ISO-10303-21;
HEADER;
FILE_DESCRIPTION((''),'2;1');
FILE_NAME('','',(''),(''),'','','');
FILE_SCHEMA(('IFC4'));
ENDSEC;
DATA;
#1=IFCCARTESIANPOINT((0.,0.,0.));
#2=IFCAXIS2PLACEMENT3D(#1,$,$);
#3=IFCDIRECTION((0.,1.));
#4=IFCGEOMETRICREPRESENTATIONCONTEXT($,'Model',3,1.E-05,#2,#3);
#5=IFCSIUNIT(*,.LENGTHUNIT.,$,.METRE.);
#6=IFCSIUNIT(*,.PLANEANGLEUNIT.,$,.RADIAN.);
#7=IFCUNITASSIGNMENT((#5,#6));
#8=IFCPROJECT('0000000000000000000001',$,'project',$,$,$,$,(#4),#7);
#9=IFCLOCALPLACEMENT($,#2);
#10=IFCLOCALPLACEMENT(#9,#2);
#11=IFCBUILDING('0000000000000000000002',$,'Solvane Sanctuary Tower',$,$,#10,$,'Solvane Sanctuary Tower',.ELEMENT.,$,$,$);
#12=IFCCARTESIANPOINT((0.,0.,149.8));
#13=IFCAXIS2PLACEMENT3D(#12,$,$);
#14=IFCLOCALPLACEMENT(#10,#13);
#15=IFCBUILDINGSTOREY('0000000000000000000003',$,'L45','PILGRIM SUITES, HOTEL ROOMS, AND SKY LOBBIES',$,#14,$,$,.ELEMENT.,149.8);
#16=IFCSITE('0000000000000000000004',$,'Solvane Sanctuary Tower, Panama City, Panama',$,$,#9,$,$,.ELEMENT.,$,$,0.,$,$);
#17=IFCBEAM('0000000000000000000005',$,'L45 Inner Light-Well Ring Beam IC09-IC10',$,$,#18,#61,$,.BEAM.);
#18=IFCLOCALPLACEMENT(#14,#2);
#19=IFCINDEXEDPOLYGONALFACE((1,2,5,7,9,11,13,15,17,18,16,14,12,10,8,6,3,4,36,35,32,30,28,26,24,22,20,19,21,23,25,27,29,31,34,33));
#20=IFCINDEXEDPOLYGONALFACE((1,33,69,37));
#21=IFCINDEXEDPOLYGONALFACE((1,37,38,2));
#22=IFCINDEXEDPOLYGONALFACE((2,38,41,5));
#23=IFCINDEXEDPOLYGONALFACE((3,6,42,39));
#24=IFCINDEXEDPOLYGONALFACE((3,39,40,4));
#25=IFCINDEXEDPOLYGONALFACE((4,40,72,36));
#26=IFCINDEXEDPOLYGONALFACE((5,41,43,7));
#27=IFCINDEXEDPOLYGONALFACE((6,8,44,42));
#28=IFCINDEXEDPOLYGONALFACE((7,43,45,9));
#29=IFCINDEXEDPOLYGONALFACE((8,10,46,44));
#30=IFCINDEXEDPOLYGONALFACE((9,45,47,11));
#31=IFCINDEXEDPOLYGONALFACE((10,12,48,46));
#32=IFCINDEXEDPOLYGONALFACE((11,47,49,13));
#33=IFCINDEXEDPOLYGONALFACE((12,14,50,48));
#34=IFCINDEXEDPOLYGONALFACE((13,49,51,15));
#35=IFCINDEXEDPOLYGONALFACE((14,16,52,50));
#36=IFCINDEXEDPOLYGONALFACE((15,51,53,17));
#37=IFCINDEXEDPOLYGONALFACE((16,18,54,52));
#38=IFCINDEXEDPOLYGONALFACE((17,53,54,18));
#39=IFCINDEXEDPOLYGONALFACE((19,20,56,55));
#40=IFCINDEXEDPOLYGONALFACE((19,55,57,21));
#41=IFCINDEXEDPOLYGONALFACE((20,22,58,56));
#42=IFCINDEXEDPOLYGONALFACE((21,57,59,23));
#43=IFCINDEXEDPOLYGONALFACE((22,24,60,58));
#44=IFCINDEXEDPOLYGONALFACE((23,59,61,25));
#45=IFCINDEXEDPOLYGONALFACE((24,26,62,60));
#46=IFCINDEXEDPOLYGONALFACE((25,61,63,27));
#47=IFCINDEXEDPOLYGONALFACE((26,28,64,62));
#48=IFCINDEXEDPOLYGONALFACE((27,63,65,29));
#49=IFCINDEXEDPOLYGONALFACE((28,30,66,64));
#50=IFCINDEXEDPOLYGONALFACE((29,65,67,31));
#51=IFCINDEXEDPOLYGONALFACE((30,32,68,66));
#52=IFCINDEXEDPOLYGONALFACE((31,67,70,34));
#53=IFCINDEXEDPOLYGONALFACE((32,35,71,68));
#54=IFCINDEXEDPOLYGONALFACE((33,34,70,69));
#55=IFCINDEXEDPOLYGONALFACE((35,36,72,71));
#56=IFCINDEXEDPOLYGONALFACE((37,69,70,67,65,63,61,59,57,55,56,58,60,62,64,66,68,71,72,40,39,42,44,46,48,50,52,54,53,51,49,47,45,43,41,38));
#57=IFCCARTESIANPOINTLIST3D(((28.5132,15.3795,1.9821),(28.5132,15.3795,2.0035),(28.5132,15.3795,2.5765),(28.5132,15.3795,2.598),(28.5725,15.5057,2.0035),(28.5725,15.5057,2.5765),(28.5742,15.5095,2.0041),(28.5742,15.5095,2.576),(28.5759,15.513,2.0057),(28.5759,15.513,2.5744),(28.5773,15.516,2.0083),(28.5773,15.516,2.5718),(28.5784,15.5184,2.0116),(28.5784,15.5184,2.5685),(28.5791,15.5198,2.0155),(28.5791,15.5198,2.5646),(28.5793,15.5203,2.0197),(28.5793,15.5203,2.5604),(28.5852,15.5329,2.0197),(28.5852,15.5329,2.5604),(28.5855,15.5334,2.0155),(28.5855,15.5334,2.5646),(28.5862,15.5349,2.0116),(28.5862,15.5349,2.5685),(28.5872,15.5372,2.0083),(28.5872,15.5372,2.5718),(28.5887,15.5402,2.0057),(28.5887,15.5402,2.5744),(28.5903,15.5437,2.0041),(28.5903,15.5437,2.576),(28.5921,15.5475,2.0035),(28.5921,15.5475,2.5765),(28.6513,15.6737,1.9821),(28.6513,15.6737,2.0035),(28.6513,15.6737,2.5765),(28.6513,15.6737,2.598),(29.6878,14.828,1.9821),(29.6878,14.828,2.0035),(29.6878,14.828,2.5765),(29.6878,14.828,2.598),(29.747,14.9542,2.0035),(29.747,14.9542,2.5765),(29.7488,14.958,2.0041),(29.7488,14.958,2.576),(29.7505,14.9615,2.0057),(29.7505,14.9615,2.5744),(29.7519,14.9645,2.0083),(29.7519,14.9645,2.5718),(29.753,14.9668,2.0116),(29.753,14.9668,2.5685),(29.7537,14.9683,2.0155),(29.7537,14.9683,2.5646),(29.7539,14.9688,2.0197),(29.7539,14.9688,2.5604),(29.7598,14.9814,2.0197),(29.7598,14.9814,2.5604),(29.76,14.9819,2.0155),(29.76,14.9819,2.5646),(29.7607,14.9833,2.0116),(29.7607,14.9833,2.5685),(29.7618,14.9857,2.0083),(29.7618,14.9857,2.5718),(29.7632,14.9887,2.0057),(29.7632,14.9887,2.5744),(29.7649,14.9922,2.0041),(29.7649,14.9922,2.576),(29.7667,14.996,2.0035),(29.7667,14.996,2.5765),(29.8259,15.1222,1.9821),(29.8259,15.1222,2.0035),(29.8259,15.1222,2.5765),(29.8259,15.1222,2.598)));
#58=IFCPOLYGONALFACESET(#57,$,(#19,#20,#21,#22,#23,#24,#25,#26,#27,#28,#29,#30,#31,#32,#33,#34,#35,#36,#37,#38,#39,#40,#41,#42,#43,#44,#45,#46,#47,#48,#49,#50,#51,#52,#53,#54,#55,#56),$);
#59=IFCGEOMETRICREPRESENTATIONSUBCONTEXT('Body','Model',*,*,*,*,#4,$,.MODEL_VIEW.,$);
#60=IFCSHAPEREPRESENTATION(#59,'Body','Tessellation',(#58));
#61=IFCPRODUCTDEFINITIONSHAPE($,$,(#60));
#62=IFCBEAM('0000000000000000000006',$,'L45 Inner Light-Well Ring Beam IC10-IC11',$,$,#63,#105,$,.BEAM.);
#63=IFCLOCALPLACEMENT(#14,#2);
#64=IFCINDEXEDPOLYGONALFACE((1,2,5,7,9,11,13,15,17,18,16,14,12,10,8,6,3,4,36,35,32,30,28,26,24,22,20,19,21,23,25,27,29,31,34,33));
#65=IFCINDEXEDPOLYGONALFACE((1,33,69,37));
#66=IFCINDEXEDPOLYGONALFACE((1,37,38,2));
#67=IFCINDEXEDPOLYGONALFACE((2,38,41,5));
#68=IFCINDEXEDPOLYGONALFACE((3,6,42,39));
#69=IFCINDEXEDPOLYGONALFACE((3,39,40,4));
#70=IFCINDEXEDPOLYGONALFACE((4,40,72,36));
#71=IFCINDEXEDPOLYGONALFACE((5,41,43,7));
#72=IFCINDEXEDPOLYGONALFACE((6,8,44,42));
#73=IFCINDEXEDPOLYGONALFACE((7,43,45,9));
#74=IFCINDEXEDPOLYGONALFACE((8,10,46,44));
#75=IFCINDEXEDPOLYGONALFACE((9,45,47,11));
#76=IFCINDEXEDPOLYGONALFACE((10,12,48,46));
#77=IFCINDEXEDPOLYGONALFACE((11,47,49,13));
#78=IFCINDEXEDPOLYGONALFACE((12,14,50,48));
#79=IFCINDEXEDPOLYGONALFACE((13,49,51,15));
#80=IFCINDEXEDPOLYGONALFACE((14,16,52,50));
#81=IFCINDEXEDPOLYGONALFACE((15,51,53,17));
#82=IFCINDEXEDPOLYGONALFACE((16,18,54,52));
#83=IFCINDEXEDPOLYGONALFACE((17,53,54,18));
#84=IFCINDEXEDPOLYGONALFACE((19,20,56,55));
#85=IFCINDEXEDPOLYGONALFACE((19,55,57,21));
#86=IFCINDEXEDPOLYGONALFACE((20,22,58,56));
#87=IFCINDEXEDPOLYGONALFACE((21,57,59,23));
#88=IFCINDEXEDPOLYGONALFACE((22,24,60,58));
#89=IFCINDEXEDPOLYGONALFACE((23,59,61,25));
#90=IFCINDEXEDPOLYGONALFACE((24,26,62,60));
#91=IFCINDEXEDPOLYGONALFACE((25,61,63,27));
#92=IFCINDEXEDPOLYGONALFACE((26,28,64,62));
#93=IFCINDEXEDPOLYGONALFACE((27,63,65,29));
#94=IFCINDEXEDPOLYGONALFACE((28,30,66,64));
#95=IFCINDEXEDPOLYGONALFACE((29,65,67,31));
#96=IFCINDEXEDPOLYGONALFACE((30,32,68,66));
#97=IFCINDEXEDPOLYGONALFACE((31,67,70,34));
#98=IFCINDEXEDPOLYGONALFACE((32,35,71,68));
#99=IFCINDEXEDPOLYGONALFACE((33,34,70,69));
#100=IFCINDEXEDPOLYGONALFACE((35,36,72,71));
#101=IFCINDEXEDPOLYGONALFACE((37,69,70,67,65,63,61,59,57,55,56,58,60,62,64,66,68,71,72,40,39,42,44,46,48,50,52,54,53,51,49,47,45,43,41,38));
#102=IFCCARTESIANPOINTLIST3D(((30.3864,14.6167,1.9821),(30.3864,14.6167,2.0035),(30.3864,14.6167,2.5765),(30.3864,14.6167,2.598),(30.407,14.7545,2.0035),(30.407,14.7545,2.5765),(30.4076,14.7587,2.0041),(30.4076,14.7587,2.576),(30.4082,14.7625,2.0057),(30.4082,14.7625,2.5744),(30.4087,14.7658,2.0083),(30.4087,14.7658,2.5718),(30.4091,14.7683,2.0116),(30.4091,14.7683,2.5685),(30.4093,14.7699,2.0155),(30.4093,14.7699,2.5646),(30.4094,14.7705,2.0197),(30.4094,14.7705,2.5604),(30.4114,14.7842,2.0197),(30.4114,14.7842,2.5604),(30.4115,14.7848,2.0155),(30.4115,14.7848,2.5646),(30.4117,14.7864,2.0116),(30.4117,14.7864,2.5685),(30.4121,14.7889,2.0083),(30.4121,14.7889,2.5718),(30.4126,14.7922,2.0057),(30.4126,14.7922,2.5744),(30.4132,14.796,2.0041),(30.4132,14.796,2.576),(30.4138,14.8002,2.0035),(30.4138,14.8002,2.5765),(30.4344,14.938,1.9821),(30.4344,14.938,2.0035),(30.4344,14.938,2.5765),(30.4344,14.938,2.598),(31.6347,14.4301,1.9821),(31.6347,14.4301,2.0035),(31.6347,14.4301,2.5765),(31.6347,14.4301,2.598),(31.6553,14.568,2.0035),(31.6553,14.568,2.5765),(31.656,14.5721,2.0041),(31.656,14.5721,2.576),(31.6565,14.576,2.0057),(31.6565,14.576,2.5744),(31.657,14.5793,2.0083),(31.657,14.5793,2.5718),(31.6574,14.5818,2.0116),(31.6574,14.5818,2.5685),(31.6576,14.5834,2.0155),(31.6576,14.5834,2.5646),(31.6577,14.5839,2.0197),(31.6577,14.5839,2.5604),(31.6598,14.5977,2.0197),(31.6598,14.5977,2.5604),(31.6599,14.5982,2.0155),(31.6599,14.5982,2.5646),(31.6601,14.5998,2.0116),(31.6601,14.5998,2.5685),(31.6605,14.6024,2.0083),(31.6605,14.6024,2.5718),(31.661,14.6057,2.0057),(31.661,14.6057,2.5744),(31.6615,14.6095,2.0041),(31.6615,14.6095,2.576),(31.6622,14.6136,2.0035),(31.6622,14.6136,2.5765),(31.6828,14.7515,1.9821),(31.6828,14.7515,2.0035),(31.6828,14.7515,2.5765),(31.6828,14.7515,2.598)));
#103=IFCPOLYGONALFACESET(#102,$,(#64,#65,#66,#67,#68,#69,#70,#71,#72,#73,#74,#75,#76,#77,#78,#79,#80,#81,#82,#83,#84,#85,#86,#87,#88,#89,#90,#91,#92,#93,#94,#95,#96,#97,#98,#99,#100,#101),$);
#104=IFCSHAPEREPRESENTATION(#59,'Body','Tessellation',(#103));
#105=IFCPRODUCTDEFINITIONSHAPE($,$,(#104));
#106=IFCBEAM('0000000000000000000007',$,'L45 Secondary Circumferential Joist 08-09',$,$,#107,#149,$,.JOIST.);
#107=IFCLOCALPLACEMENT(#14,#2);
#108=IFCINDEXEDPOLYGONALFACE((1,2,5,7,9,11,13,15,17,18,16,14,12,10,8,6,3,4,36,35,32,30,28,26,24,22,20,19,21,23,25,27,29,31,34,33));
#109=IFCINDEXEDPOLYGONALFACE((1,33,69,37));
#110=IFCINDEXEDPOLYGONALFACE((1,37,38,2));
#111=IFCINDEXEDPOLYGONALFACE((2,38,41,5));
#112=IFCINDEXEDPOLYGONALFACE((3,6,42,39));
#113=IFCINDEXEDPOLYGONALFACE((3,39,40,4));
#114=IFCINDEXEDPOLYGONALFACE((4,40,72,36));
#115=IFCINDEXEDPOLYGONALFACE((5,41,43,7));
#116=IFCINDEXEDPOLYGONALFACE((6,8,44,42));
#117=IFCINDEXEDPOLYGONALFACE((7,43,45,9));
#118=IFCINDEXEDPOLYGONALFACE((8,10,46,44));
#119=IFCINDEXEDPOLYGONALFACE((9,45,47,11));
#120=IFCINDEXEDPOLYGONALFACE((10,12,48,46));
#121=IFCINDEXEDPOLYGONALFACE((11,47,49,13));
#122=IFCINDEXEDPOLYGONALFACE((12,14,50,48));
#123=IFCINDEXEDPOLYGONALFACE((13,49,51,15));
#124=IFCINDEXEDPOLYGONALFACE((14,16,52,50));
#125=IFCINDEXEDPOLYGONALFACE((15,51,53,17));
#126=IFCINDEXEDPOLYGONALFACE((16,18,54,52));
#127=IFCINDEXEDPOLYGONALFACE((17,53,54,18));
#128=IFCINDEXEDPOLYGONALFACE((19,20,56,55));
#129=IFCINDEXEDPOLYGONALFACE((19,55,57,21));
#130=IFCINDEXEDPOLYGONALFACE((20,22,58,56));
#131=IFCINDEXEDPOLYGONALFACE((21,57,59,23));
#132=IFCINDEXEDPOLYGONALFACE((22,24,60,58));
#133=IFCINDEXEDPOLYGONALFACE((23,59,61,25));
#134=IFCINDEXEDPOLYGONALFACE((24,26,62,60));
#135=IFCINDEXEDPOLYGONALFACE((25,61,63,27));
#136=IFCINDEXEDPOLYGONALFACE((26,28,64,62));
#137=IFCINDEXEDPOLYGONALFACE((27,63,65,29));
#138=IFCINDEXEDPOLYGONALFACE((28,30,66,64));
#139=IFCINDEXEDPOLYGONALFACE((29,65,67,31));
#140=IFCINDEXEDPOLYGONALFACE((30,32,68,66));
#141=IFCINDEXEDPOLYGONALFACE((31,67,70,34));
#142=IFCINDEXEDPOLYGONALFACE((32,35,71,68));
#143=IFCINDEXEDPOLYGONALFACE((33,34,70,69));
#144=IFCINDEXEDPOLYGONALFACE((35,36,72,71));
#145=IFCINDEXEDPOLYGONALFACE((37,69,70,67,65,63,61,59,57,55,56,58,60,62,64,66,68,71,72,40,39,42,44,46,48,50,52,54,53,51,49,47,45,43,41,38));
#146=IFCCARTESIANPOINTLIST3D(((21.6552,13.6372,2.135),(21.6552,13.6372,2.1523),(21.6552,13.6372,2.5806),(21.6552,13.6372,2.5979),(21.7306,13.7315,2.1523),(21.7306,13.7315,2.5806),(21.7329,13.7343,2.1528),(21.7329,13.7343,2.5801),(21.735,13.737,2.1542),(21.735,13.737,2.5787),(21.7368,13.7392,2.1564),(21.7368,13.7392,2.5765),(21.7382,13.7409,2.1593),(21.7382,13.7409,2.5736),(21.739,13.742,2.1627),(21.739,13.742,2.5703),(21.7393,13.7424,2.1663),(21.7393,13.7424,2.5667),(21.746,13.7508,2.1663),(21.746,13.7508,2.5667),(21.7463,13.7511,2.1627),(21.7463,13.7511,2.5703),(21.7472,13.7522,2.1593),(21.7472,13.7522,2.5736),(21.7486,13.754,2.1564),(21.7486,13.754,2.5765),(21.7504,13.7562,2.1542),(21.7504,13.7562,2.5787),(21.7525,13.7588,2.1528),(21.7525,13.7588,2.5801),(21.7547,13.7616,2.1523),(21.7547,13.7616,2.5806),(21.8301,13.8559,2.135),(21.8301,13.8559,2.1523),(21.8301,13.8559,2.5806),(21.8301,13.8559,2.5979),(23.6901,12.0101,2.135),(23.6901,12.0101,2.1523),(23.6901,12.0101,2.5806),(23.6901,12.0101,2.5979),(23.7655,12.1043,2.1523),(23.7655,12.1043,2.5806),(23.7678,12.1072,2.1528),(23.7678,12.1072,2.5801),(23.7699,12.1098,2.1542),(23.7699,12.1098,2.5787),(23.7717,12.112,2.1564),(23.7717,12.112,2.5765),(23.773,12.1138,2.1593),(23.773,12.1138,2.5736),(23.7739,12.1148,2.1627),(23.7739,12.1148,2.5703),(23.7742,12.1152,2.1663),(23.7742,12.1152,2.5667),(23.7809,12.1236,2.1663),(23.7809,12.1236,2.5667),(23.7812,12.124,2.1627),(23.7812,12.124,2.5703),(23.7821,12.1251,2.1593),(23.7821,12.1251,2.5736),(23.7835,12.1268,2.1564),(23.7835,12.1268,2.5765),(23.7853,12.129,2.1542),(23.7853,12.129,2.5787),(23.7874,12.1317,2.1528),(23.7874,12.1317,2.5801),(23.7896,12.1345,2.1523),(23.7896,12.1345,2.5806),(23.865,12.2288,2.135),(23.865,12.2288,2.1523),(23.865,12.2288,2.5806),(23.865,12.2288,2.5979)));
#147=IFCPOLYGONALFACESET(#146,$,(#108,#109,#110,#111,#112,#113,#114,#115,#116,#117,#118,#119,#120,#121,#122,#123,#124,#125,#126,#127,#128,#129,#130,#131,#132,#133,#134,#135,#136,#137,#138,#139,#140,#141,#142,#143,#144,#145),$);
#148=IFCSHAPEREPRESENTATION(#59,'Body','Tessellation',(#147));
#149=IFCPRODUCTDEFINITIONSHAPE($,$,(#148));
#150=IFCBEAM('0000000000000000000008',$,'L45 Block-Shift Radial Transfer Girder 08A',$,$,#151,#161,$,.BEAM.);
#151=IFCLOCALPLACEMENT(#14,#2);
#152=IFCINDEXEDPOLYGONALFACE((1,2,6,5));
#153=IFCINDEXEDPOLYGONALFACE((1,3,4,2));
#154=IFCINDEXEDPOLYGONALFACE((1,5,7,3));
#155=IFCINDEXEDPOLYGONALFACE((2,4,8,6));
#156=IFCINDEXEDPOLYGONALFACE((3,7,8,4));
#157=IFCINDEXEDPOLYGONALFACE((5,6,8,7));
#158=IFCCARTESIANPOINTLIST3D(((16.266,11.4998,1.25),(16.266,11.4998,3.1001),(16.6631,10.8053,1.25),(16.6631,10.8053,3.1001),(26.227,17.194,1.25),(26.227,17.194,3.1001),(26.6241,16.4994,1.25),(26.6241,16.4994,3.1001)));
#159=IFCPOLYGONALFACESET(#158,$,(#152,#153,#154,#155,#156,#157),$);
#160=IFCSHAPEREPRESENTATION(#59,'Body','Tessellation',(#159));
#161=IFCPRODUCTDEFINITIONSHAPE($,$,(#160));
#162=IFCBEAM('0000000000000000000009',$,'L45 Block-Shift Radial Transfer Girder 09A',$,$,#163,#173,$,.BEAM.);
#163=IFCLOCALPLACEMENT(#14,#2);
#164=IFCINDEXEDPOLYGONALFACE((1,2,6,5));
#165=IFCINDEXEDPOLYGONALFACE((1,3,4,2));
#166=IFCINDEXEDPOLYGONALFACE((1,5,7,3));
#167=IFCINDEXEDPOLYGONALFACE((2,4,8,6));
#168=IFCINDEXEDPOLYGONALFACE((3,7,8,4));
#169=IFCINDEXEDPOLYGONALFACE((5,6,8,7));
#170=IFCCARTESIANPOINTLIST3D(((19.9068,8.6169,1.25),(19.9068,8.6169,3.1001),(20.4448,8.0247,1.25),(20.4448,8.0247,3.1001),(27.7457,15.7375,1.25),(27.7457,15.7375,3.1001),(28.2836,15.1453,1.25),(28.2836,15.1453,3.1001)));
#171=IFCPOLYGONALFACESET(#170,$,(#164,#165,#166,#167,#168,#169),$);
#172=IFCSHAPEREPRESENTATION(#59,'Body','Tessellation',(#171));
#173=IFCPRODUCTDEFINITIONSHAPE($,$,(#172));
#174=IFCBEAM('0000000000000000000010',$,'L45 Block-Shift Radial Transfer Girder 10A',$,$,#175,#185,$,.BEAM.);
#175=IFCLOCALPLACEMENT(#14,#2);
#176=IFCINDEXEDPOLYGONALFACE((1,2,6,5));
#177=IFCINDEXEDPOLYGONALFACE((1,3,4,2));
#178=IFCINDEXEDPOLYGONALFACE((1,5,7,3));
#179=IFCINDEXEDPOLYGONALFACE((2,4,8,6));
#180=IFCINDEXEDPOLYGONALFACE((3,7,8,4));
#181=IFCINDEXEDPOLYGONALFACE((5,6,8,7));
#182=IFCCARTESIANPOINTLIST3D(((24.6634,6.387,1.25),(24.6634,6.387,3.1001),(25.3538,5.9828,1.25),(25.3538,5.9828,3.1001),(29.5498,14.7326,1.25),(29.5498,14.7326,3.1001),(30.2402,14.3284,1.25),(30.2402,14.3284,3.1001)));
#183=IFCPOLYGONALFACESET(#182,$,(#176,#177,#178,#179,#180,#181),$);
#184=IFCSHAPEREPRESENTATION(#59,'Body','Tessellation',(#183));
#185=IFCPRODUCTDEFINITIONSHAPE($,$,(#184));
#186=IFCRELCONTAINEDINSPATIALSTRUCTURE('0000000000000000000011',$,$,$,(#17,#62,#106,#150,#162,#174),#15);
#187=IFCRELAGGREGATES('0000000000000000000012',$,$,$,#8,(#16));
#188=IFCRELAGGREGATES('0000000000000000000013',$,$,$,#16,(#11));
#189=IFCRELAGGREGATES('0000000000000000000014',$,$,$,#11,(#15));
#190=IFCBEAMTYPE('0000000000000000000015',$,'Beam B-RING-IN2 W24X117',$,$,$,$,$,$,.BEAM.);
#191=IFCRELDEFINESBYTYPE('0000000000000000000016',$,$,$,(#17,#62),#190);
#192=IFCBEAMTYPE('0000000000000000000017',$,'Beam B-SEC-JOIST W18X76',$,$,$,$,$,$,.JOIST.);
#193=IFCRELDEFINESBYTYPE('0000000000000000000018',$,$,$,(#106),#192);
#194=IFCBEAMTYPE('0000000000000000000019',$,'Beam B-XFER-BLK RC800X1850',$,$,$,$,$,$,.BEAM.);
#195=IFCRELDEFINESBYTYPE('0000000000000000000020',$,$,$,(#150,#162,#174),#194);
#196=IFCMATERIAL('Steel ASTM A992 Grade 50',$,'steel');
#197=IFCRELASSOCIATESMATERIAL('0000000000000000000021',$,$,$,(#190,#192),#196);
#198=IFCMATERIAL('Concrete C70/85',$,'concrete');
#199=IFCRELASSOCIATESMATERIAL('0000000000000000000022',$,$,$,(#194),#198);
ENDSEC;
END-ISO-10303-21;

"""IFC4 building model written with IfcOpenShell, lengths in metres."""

from ifc_helpers import new_model, si_unit, direction, frame, origin, origin_2d, place, context, subcontext, project, spatial, rectangle, i_section, extrude, material, material_profile, profile_set, type_object, element, save


model = new_model("IFC4")

# Units and contexts
model_context = context("Model", 3, precision=1e-05, world=origin(), true_north=direction((0.0, 1.0)))
body_context = subcontext(model_context, "Body", "Model", "MODEL_VIEW")
ifc_project = project(units=[si_unit("LENGTHUNIT", "METRE"), si_unit("PLANEANGLEUNIT", "RADIAN")], contexts=[model_context])

# Site, building, storey
site_placement = place(None, origin())
site = spatial("IfcSite", under=ifc_project, at=site_placement, Name="Solvane Sanctuary Tower, Panama City, Panama", CompositionType="ELEMENT", RefElevation=0.0)
building_placement = place(site_placement, origin())
building = spatial("IfcBuilding", under=site, at=building_placement, Name="Solvane Sanctuary Tower", LongName="Solvane Sanctuary Tower", CompositionType="ELEMENT")
storey_placement = place(building_placement, frame((0.0, 0.0, 149.8)))
storey = spatial("IfcBuildingStorey", under=building, at=storey_placement, Name="L45", Description="PILGRIM SUITES, HOTEL ROOMS, AND SKY LOBBIES", CompositionType="ELEMENT", Elevation=149.8)

# Shared definitions
ifc_material_1 = material(Name="Concrete C70/85", Category="concrete")

# Beams
ifc_material_2 = material(Name="Steel ASTM A992 Grade 50", Category="steel")
ifc_material_profile_1 = material_profile(ifc_material_2, i_section(OverallWidth=0.325, OverallDepth=0.616, WebThickness=0.0139, FlangeThickness=0.0215, FilletRadius=0.0161, at=origin_2d()), Name="W24X117")
ifc_profile_set_1 = profile_set([ifc_material_profile_1], Name="Steel ASTM A992 Grade 50")
beam_type_1 = type_object("IfcBeamType", Name="Beam B-RING-IN2 W24X117", PredefinedType="BEAM", material=ifc_profile_set_1)
beam_1_placement = place(storey_placement, frame((28.5823, 15.5266, 2.29), z_axis=(0.905181, -0.425027, 0.0), x_axis=(0.425027, 0.905181, 0.0)))
element("IfcBeam", 1, at=beam_1_placement, inside=storey, type_object=beam_type_1, Name="L45 Inner Light-Well Ring Beam IC09-IC10", PredefinedType="BEAM", context=body_context, shape_type="SweptSolid", body=[
    extrude(i_section(OverallWidth=0.325, OverallDepth=0.616, WebThickness=0.0139, FlangeThickness=0.0215, FilletRadius=0.0161, at=origin_2d()), origin(), (0.0, 0.0, 1.0), 1.2976),
])
beam_2_placement = place(storey_placement, frame((30.4104, 14.7773, 2.29), z_axis=(0.98902, -0.147782, 0.0), x_axis=(0.147782, 0.98902, 0.0)))
element("IfcBeam", 2, at=beam_2_placement, inside=storey, type_object=beam_type_1, Name="L45 Inner Light-Well Ring Beam IC10-IC11", PredefinedType="BEAM", context=body_context, shape_type="SweptSolid", body=[
    extrude(i_section(OverallWidth=0.325, OverallDepth=0.616, WebThickness=0.0139, FlangeThickness=0.0215, FilletRadius=0.0161, at=origin_2d()), origin(), (0.0, 0.0, 1.0), 1.2622),
])
ifc_material_profile_2 = material_profile(ifc_material_2, i_section(OverallWidth=0.28, OverallDepth=0.4629, WebThickness=0.0107, FlangeThickness=0.0173, FilletRadius=0.0139, at=origin_2d()), Name="W18X76")
ifc_profile_set_2 = profile_set([ifc_material_profile_2], Name="Steel ASTM A992 Grade 50")
beam_type_2 = type_object("IfcBeamType", Name="Beam B-SEC-JOIST W18X76", PredefinedType="JOIST", material=ifc_profile_set_2)
beam_3_placement = place(storey_placement, frame((21.7427, 13.7466, 2.3665), z_axis=(0.781006, -0.624524, 0.0), x_axis=(0.624524, 0.781006, 0.0)))
element("IfcBeam", 3, at=beam_3_placement, inside=storey, type_object=beam_type_2, Name="L45 Secondary Circumferential Joist 08-09", PredefinedType="JOIST", context=body_context, shape_type="SweptSolid", body=[
    extrude(i_section(OverallWidth=0.28, OverallDepth=0.4629, WebThickness=0.0107, FlangeThickness=0.0173, FilletRadius=0.0139, at=origin_2d()), origin(), (0.0, 0.0, 1.0), 2.6055),
])
ifc_material_profile_3 = material_profile(ifc_material_1, rectangle(XDim=0.8, YDim=1.8501, at=origin_2d()), Name="RC800X1850")
ifc_profile_set_3 = profile_set([ifc_material_profile_3], Name="Concrete C70/85")
beam_type_3 = type_object("IfcBeamType", Name="Beam B-XFER-BLK RC800X1850", PredefinedType="BEAM", material=ifc_profile_set_3)
beam_4_placement = place(storey_placement, frame((26.4255, 16.8467, 2.175), z_axis=(-0.868163, -0.496279, 0.0), x_axis=(0.496279, -0.868163, 0.0)))
element("IfcBeam", 4, at=beam_4_placement, inside=storey, type_object=beam_type_3, Name="L45 Block-Shift Radial Transfer Girder 08A", PredefinedType="BEAM", context=body_context, shape_type="SweptSolid", body=[
    extrude(rectangle(XDim=0.8, YDim=1.8501, at=origin_2d()), origin(), (0.0, 0.0, 1.0), 11.4736),
])
beam_5_placement = place(storey_placement, frame((28.0146, 15.4414, 2.175), z_axis=(-0.740205, -0.672381, 0.0), x_axis=(0.672381, -0.740205, 0.0)))
element("IfcBeam", 5, at=beam_5_placement, inside=storey, type_object=beam_type_3, Name="L45 Block-Shift Radial Transfer Girder 09A", PredefinedType="BEAM", context=body_context, shape_type="SweptSolid", body=[
    extrude(rectangle(XDim=0.8, YDim=1.8501, at=origin_2d()), origin(), (0.0, 0.0, 1.0), 10.5901),
])
beam_6_placement = place(storey_placement, frame((29.895, 14.5305, 2.175), z_axis=(-0.50527, -0.862961, 0.0), x_axis=(0.862961, -0.50527, 0.0)))
element("IfcBeam", 6, at=beam_6_placement, inside=storey, type_object=beam_type_3, Name="L45 Block-Shift Radial Transfer Girder 10A", PredefinedType="BEAM", context=body_context, shape_type="SweptSolid", body=[
    extrude(rectangle(XDim=0.8, YDim=1.8501, at=origin_2d()), origin(), (0.0, 0.0, 1.0), 9.6709),
])

save(model, "model.ifc")
